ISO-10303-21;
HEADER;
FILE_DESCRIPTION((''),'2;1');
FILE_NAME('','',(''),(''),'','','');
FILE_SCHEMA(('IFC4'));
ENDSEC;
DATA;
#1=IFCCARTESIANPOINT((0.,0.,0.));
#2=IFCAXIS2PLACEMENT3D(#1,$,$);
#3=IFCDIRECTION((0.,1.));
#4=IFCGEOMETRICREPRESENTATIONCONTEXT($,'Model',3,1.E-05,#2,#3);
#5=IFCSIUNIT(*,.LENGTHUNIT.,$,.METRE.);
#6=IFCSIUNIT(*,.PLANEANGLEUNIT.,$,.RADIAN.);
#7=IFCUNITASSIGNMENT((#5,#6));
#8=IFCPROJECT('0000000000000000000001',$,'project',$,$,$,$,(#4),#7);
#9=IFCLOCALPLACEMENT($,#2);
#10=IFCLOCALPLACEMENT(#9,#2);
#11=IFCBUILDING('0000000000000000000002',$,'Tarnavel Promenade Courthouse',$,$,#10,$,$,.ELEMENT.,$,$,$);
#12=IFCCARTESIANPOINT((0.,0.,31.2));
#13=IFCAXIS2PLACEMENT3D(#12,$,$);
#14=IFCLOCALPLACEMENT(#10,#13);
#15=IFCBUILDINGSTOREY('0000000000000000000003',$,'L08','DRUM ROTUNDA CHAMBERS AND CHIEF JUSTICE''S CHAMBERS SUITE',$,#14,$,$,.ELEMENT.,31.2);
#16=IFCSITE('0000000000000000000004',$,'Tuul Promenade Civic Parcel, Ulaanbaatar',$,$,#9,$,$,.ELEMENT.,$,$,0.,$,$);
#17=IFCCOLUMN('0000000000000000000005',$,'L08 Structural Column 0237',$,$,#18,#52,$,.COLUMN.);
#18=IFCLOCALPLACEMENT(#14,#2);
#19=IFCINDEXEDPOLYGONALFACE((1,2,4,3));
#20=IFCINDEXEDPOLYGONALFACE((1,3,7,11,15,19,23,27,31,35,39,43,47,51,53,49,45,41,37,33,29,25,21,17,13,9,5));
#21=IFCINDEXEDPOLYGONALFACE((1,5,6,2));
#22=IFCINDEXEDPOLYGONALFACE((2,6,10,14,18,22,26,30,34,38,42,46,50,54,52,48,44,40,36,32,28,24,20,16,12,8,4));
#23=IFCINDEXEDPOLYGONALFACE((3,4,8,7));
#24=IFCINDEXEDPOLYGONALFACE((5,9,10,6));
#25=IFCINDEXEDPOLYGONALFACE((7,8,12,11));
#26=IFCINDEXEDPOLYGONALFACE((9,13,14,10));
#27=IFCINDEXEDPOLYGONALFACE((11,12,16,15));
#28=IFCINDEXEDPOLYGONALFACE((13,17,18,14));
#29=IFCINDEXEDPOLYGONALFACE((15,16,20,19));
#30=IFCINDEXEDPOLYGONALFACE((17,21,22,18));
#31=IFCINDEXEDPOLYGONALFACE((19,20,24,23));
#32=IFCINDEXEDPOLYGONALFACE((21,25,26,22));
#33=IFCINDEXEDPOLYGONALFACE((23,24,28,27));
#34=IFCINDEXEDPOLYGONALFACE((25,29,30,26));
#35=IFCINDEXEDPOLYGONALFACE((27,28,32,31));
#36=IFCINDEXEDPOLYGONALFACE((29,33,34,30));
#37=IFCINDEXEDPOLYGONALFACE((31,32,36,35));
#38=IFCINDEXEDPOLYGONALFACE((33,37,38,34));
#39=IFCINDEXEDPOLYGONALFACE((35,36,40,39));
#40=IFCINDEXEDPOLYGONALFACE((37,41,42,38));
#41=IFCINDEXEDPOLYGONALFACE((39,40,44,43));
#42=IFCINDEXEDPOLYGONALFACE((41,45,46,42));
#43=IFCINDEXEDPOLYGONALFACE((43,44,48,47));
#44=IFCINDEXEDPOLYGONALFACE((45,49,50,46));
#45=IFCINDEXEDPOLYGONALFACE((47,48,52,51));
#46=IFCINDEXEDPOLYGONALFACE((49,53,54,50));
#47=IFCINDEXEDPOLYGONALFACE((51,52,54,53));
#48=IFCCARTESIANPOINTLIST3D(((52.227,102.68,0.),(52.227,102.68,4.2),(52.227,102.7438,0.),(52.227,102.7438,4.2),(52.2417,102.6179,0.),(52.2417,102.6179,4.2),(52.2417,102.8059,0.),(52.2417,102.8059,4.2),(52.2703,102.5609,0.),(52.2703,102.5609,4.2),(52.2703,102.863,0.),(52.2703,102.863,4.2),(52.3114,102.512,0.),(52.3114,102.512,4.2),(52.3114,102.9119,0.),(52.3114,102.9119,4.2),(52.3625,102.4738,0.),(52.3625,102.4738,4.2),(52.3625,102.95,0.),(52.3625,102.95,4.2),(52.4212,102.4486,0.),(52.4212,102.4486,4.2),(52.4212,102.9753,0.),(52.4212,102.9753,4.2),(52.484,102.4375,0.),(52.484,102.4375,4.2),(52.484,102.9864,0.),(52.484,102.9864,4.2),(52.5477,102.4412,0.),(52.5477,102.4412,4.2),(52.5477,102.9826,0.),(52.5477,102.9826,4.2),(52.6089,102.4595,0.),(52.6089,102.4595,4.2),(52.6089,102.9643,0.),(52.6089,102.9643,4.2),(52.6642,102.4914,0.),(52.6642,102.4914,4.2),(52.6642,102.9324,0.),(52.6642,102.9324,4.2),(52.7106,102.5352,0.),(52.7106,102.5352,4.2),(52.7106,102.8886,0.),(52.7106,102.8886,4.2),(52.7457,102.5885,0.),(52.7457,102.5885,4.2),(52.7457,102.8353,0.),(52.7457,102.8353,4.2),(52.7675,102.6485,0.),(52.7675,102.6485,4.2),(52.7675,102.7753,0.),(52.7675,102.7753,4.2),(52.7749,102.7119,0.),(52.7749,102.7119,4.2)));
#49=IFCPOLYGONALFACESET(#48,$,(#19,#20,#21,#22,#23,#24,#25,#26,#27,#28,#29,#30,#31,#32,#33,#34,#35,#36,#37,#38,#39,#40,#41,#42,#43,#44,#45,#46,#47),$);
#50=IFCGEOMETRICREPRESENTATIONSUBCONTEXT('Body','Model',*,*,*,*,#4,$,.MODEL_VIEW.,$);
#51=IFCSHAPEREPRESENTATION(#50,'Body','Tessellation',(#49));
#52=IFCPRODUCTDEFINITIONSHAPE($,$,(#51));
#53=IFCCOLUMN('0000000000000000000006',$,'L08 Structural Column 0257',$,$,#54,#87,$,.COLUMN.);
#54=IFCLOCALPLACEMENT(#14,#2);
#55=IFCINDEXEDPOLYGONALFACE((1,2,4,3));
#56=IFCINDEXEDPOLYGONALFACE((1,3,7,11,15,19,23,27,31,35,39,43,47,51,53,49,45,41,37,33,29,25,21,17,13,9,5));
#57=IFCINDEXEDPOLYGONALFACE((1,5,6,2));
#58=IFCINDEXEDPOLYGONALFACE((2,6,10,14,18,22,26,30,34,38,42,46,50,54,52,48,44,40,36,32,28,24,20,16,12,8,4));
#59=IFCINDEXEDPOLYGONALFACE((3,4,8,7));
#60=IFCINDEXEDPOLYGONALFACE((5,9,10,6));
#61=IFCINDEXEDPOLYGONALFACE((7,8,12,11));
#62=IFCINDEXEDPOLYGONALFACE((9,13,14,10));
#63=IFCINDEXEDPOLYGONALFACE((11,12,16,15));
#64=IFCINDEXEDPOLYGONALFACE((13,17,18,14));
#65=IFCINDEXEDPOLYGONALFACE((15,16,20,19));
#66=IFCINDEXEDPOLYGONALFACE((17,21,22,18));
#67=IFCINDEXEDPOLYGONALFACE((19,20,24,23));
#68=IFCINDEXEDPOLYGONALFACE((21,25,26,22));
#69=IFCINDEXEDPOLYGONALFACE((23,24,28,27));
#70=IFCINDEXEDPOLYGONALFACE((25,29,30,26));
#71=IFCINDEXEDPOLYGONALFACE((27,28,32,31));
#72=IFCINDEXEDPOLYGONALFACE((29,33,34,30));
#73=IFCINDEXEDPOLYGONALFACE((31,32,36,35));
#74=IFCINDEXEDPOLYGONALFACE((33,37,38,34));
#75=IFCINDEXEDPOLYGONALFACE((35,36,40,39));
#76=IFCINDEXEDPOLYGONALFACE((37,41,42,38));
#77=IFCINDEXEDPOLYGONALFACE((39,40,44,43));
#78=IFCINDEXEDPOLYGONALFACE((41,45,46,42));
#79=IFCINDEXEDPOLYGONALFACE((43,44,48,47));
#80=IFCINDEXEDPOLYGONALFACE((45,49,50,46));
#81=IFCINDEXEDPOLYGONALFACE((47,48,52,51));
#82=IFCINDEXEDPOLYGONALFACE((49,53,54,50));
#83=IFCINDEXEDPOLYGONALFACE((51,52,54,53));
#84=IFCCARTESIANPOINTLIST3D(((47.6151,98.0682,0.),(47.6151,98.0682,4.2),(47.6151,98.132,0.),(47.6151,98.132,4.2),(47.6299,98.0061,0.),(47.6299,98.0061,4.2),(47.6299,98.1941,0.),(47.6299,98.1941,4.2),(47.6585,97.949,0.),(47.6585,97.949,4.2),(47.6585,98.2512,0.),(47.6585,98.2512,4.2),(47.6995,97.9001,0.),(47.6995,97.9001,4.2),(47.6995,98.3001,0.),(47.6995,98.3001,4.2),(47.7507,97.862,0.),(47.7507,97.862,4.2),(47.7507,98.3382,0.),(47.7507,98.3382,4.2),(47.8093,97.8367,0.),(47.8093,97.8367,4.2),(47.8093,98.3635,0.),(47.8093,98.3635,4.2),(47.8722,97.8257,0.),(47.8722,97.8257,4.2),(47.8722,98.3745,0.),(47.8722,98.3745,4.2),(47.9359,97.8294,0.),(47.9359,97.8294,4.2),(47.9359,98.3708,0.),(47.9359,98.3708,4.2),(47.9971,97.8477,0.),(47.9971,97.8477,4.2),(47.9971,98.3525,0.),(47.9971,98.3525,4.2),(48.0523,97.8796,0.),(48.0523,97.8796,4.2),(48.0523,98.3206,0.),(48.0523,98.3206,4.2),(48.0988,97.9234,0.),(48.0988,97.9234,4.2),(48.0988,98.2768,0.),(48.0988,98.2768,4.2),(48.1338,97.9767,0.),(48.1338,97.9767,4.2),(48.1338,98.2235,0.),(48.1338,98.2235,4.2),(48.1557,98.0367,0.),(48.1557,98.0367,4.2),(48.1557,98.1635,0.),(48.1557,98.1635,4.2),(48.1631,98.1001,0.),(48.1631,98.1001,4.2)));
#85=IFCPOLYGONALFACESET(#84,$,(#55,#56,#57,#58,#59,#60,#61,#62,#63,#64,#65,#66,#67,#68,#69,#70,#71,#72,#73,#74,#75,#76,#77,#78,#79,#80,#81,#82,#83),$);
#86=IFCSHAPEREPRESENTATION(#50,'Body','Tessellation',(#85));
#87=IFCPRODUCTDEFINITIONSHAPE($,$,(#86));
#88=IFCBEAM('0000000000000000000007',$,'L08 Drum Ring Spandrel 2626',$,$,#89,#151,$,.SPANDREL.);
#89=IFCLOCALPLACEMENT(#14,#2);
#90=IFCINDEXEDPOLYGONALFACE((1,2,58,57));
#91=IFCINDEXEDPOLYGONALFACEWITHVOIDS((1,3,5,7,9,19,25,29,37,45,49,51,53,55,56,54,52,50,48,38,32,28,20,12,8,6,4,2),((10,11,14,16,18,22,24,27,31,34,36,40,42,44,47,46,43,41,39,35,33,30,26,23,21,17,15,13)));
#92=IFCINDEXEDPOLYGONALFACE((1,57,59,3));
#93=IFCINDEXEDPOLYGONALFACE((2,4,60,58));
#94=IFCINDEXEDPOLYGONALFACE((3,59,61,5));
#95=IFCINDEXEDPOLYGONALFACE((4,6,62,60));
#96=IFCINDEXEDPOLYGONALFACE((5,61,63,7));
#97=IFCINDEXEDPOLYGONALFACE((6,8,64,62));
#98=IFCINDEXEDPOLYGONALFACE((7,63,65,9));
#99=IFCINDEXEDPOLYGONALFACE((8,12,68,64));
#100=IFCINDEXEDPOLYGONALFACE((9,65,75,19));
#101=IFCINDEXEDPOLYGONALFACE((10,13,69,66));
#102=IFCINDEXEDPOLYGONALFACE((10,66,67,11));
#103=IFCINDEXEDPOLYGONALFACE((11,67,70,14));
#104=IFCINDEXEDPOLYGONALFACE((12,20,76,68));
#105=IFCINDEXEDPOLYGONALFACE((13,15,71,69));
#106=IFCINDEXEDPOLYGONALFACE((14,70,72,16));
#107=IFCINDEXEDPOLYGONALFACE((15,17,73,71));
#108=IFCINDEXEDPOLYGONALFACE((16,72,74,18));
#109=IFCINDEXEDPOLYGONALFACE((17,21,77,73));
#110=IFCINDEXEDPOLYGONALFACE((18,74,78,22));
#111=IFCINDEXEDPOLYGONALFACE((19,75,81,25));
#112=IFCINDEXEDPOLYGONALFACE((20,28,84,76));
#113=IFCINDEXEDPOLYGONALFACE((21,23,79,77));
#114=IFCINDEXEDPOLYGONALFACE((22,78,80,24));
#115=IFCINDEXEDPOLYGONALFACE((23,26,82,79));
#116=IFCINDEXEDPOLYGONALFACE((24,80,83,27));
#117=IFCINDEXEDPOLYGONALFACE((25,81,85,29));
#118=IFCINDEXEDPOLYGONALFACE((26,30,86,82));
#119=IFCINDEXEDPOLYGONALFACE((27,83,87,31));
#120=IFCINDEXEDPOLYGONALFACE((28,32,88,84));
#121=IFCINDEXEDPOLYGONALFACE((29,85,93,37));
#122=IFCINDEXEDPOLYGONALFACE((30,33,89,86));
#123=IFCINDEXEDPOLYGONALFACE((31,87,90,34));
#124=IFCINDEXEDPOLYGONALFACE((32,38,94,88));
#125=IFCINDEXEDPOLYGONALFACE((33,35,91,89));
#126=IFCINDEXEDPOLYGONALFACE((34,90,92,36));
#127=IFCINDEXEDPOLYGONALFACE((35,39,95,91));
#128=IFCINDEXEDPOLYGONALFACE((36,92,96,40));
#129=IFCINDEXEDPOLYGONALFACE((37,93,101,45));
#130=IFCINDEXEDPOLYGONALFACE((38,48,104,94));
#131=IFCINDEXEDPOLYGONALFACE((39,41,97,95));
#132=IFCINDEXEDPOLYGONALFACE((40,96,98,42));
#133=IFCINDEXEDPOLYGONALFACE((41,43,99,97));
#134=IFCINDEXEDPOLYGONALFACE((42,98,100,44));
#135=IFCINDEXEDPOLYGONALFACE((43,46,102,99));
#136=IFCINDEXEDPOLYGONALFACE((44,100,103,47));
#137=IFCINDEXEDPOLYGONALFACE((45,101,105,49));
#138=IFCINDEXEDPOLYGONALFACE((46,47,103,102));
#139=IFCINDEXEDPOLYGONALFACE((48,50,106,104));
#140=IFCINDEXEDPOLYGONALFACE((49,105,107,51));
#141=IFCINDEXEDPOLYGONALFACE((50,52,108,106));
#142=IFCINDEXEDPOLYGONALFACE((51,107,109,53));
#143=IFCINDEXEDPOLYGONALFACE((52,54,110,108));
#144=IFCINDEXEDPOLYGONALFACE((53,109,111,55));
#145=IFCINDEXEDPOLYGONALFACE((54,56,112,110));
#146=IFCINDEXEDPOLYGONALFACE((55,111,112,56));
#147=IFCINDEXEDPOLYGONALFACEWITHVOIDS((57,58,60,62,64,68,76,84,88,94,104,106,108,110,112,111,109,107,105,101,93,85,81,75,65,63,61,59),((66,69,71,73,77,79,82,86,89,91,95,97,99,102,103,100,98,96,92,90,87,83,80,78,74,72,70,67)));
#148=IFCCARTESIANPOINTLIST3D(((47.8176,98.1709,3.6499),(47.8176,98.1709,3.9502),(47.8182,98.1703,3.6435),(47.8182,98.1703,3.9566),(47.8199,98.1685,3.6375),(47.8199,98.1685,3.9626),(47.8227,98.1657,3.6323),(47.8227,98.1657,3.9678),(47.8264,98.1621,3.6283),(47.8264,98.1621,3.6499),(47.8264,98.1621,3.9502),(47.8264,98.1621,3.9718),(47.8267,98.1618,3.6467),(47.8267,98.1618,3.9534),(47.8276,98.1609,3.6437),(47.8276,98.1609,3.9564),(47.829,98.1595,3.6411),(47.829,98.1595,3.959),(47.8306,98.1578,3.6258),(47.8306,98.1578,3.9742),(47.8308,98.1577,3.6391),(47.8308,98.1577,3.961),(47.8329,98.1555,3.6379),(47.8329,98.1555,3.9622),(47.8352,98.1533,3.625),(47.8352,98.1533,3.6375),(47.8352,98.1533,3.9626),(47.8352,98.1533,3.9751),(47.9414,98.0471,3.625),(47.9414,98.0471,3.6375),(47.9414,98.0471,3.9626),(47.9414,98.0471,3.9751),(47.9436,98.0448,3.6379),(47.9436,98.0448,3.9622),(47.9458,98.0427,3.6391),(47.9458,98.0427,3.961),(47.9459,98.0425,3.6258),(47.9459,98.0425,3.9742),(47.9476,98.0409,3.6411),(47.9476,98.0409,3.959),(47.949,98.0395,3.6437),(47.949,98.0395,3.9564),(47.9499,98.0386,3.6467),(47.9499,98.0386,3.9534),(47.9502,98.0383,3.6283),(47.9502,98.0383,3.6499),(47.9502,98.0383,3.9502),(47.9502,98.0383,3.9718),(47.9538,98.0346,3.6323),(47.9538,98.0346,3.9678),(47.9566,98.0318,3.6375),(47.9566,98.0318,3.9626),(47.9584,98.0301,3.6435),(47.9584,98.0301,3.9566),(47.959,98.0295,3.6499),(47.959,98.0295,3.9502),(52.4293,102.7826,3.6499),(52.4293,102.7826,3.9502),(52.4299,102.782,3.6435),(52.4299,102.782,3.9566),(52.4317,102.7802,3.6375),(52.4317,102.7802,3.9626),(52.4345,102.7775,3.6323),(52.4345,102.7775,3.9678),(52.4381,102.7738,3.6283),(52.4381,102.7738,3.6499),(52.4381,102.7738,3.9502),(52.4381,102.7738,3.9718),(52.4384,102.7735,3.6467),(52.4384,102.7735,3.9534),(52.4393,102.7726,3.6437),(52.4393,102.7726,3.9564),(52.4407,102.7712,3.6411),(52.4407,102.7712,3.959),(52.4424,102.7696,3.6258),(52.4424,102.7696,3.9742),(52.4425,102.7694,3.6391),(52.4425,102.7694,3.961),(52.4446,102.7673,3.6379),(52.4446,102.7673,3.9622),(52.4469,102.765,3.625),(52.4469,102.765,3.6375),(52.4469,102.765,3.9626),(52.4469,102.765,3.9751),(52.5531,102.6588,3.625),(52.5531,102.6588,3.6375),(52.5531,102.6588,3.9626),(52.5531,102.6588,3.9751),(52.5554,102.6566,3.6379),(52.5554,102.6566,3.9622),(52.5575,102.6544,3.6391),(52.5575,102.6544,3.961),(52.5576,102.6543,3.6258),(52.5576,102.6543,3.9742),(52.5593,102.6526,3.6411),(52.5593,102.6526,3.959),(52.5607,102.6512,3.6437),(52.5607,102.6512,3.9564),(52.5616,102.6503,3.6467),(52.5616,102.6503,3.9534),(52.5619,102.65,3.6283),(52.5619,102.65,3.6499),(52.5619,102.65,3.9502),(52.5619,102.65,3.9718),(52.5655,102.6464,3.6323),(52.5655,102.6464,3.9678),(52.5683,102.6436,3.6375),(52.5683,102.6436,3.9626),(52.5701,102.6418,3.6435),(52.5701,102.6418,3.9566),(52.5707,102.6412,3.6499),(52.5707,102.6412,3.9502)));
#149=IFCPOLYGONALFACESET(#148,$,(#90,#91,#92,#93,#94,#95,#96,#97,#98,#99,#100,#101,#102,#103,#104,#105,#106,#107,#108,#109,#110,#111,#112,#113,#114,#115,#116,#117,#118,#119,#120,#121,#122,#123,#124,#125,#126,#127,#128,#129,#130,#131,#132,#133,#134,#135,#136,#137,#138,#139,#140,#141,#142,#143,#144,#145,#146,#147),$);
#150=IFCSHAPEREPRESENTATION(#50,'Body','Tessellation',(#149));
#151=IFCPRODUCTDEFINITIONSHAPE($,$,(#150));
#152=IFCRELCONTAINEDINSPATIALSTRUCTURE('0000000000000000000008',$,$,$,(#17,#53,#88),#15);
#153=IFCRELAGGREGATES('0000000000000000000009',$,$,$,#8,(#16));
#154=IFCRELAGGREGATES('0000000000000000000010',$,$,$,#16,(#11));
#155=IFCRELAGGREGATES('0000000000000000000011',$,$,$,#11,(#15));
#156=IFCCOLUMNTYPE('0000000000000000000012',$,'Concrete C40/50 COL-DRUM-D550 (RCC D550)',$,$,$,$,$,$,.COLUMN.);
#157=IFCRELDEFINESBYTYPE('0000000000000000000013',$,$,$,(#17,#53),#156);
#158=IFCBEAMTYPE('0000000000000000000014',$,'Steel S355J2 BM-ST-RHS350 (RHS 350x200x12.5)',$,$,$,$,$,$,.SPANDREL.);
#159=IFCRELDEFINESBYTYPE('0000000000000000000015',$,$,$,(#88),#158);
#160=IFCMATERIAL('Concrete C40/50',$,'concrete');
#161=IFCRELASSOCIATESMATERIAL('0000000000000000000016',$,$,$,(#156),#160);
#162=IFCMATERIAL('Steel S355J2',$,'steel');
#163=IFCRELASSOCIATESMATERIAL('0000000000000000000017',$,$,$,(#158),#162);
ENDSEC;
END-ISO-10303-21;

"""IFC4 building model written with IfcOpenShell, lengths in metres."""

from ifc_helpers import new_model, si_unit, direction, frame, origin, origin_2d, place, context, subcontext, project, spatial, hollow_rectangle, circle, extrude, material, material_profile, profile_set, type_object, element, save


model = new_model("IFC4")

# Units and contexts
model_context = context("Model", 3, precision=1e-05, world=origin(), true_north=direction((0.0, 1.0)))
body_context = subcontext(model_context, "Body", "Model", "MODEL_VIEW")
ifc_project = project(units=[si_unit("LENGTHUNIT", "METRE"), si_unit("PLANEANGLEUNIT", "RADIAN")], contexts=[model_context])

# Site, building, storey
site_placement = place(None, origin())
site = spatial("IfcSite", under=ifc_project, at=site_placement, Name="Tuul Promenade Civic Parcel, Ulaanbaatar", CompositionType="ELEMENT", RefElevation=0.0)
building_placement = place(site_placement, origin())
building = spatial("IfcBuilding", under=site, at=building_placement, Name="Tarnavel Promenade Courthouse", CompositionType="ELEMENT")
storey_placement = place(building_placement, frame((0.0, 0.0, 31.2)))
storey = spatial("IfcBuildingStorey", under=building, at=storey_placement, Name="L08", Description="DRUM ROTUNDA CHAMBERS AND CHIEF JUSTICE'S CHAMBERS SUITE", CompositionType="ELEMENT", Elevation=31.2)

# Columns
ifc_material_1 = material(Name="Concrete C40/50", Category="concrete")
ifc_material_profile_1 = material_profile(ifc_material_1, circle(Radius=0.2749, at=origin_2d()), Name="RCC D550")
ifc_profile_set_1 = profile_set([ifc_material_profile_1], Name="Concrete C40/50")
column_type = type_object("IfcColumnType", Name="Concrete C40/50 COL-DRUM-D550 (RCC D550)", PredefinedType="COLUMN", material=ifc_profile_set_1)
for number, where, z_axis, x_axis, name in (
    (1, (52.5, 102.7119, 0.0), (0.0, 0.0, 1.0), (1.0, 0.0, 0.0), "L08 Structural Column 0237"),
    (2, (47.8882, 98.1001, 0.0), (0.0, 0.0, 1.0), (1.0, 0.0, 0.0), "L08 Structural Column 0257"),
):
    element("IfcColumn", number, at=place(storey_placement, frame(where, z_axis=z_axis, x_axis=x_axis)), inside=storey, type_object=column_type, Name=name, PredefinedType="COLUMN", context=body_context, shape_type="SweptSolid", body=[
        extrude(circle(Radius=0.2749, at=origin_2d()), origin(), (0.0, 0.0, 1.0), 4.2),
    ])

# Beam
ifc_material_2 = material(Name="Steel S355J2", Category="steel")
ifc_material_profile_2 = material_profile(ifc_material_2, hollow_rectangle(XDim=0.2, YDim=0.3501, WallThickness=0.0125, InnerFilletRadius=0.0125, OuterFilletRadius=0.0249, at=origin_2d()), Name="RHS 350x200x12.5")
ifc_profile_set_2 = profile_set([ifc_material_profile_2], Name="Steel S355J2")
beam_type = type_object("IfcBeamType", Name="Steel S355J2 BM-ST-RHS350 (RHS 350x200x12.5)", PredefinedType="SPANDREL", material=ifc_profile_set_2)
beam_1_placement = place(storey_placement, frame((52.5, 102.7119, 3.8), z_axis=(-0.707107, -0.707107, 0.0), x_axis=(0.707107, -0.707107, 0.0)))
element("IfcBeam", 3, at=beam_1_placement, inside=storey, type_object=beam_type, Name="L08 Drum Ring Spandrel 2626", PredefinedType="SPANDREL", context=body_context, shape_type="SweptSolid", body=[
    extrude(hollow_rectangle(XDim=0.2, YDim=0.3501, WallThickness=0.0125, InnerFilletRadius=0.0125, OuterFilletRadius=0.0249, at=origin_2d()), origin(), (0.0, 0.0, 1.0), 6.522),
])

save(model, "model.ifc")
